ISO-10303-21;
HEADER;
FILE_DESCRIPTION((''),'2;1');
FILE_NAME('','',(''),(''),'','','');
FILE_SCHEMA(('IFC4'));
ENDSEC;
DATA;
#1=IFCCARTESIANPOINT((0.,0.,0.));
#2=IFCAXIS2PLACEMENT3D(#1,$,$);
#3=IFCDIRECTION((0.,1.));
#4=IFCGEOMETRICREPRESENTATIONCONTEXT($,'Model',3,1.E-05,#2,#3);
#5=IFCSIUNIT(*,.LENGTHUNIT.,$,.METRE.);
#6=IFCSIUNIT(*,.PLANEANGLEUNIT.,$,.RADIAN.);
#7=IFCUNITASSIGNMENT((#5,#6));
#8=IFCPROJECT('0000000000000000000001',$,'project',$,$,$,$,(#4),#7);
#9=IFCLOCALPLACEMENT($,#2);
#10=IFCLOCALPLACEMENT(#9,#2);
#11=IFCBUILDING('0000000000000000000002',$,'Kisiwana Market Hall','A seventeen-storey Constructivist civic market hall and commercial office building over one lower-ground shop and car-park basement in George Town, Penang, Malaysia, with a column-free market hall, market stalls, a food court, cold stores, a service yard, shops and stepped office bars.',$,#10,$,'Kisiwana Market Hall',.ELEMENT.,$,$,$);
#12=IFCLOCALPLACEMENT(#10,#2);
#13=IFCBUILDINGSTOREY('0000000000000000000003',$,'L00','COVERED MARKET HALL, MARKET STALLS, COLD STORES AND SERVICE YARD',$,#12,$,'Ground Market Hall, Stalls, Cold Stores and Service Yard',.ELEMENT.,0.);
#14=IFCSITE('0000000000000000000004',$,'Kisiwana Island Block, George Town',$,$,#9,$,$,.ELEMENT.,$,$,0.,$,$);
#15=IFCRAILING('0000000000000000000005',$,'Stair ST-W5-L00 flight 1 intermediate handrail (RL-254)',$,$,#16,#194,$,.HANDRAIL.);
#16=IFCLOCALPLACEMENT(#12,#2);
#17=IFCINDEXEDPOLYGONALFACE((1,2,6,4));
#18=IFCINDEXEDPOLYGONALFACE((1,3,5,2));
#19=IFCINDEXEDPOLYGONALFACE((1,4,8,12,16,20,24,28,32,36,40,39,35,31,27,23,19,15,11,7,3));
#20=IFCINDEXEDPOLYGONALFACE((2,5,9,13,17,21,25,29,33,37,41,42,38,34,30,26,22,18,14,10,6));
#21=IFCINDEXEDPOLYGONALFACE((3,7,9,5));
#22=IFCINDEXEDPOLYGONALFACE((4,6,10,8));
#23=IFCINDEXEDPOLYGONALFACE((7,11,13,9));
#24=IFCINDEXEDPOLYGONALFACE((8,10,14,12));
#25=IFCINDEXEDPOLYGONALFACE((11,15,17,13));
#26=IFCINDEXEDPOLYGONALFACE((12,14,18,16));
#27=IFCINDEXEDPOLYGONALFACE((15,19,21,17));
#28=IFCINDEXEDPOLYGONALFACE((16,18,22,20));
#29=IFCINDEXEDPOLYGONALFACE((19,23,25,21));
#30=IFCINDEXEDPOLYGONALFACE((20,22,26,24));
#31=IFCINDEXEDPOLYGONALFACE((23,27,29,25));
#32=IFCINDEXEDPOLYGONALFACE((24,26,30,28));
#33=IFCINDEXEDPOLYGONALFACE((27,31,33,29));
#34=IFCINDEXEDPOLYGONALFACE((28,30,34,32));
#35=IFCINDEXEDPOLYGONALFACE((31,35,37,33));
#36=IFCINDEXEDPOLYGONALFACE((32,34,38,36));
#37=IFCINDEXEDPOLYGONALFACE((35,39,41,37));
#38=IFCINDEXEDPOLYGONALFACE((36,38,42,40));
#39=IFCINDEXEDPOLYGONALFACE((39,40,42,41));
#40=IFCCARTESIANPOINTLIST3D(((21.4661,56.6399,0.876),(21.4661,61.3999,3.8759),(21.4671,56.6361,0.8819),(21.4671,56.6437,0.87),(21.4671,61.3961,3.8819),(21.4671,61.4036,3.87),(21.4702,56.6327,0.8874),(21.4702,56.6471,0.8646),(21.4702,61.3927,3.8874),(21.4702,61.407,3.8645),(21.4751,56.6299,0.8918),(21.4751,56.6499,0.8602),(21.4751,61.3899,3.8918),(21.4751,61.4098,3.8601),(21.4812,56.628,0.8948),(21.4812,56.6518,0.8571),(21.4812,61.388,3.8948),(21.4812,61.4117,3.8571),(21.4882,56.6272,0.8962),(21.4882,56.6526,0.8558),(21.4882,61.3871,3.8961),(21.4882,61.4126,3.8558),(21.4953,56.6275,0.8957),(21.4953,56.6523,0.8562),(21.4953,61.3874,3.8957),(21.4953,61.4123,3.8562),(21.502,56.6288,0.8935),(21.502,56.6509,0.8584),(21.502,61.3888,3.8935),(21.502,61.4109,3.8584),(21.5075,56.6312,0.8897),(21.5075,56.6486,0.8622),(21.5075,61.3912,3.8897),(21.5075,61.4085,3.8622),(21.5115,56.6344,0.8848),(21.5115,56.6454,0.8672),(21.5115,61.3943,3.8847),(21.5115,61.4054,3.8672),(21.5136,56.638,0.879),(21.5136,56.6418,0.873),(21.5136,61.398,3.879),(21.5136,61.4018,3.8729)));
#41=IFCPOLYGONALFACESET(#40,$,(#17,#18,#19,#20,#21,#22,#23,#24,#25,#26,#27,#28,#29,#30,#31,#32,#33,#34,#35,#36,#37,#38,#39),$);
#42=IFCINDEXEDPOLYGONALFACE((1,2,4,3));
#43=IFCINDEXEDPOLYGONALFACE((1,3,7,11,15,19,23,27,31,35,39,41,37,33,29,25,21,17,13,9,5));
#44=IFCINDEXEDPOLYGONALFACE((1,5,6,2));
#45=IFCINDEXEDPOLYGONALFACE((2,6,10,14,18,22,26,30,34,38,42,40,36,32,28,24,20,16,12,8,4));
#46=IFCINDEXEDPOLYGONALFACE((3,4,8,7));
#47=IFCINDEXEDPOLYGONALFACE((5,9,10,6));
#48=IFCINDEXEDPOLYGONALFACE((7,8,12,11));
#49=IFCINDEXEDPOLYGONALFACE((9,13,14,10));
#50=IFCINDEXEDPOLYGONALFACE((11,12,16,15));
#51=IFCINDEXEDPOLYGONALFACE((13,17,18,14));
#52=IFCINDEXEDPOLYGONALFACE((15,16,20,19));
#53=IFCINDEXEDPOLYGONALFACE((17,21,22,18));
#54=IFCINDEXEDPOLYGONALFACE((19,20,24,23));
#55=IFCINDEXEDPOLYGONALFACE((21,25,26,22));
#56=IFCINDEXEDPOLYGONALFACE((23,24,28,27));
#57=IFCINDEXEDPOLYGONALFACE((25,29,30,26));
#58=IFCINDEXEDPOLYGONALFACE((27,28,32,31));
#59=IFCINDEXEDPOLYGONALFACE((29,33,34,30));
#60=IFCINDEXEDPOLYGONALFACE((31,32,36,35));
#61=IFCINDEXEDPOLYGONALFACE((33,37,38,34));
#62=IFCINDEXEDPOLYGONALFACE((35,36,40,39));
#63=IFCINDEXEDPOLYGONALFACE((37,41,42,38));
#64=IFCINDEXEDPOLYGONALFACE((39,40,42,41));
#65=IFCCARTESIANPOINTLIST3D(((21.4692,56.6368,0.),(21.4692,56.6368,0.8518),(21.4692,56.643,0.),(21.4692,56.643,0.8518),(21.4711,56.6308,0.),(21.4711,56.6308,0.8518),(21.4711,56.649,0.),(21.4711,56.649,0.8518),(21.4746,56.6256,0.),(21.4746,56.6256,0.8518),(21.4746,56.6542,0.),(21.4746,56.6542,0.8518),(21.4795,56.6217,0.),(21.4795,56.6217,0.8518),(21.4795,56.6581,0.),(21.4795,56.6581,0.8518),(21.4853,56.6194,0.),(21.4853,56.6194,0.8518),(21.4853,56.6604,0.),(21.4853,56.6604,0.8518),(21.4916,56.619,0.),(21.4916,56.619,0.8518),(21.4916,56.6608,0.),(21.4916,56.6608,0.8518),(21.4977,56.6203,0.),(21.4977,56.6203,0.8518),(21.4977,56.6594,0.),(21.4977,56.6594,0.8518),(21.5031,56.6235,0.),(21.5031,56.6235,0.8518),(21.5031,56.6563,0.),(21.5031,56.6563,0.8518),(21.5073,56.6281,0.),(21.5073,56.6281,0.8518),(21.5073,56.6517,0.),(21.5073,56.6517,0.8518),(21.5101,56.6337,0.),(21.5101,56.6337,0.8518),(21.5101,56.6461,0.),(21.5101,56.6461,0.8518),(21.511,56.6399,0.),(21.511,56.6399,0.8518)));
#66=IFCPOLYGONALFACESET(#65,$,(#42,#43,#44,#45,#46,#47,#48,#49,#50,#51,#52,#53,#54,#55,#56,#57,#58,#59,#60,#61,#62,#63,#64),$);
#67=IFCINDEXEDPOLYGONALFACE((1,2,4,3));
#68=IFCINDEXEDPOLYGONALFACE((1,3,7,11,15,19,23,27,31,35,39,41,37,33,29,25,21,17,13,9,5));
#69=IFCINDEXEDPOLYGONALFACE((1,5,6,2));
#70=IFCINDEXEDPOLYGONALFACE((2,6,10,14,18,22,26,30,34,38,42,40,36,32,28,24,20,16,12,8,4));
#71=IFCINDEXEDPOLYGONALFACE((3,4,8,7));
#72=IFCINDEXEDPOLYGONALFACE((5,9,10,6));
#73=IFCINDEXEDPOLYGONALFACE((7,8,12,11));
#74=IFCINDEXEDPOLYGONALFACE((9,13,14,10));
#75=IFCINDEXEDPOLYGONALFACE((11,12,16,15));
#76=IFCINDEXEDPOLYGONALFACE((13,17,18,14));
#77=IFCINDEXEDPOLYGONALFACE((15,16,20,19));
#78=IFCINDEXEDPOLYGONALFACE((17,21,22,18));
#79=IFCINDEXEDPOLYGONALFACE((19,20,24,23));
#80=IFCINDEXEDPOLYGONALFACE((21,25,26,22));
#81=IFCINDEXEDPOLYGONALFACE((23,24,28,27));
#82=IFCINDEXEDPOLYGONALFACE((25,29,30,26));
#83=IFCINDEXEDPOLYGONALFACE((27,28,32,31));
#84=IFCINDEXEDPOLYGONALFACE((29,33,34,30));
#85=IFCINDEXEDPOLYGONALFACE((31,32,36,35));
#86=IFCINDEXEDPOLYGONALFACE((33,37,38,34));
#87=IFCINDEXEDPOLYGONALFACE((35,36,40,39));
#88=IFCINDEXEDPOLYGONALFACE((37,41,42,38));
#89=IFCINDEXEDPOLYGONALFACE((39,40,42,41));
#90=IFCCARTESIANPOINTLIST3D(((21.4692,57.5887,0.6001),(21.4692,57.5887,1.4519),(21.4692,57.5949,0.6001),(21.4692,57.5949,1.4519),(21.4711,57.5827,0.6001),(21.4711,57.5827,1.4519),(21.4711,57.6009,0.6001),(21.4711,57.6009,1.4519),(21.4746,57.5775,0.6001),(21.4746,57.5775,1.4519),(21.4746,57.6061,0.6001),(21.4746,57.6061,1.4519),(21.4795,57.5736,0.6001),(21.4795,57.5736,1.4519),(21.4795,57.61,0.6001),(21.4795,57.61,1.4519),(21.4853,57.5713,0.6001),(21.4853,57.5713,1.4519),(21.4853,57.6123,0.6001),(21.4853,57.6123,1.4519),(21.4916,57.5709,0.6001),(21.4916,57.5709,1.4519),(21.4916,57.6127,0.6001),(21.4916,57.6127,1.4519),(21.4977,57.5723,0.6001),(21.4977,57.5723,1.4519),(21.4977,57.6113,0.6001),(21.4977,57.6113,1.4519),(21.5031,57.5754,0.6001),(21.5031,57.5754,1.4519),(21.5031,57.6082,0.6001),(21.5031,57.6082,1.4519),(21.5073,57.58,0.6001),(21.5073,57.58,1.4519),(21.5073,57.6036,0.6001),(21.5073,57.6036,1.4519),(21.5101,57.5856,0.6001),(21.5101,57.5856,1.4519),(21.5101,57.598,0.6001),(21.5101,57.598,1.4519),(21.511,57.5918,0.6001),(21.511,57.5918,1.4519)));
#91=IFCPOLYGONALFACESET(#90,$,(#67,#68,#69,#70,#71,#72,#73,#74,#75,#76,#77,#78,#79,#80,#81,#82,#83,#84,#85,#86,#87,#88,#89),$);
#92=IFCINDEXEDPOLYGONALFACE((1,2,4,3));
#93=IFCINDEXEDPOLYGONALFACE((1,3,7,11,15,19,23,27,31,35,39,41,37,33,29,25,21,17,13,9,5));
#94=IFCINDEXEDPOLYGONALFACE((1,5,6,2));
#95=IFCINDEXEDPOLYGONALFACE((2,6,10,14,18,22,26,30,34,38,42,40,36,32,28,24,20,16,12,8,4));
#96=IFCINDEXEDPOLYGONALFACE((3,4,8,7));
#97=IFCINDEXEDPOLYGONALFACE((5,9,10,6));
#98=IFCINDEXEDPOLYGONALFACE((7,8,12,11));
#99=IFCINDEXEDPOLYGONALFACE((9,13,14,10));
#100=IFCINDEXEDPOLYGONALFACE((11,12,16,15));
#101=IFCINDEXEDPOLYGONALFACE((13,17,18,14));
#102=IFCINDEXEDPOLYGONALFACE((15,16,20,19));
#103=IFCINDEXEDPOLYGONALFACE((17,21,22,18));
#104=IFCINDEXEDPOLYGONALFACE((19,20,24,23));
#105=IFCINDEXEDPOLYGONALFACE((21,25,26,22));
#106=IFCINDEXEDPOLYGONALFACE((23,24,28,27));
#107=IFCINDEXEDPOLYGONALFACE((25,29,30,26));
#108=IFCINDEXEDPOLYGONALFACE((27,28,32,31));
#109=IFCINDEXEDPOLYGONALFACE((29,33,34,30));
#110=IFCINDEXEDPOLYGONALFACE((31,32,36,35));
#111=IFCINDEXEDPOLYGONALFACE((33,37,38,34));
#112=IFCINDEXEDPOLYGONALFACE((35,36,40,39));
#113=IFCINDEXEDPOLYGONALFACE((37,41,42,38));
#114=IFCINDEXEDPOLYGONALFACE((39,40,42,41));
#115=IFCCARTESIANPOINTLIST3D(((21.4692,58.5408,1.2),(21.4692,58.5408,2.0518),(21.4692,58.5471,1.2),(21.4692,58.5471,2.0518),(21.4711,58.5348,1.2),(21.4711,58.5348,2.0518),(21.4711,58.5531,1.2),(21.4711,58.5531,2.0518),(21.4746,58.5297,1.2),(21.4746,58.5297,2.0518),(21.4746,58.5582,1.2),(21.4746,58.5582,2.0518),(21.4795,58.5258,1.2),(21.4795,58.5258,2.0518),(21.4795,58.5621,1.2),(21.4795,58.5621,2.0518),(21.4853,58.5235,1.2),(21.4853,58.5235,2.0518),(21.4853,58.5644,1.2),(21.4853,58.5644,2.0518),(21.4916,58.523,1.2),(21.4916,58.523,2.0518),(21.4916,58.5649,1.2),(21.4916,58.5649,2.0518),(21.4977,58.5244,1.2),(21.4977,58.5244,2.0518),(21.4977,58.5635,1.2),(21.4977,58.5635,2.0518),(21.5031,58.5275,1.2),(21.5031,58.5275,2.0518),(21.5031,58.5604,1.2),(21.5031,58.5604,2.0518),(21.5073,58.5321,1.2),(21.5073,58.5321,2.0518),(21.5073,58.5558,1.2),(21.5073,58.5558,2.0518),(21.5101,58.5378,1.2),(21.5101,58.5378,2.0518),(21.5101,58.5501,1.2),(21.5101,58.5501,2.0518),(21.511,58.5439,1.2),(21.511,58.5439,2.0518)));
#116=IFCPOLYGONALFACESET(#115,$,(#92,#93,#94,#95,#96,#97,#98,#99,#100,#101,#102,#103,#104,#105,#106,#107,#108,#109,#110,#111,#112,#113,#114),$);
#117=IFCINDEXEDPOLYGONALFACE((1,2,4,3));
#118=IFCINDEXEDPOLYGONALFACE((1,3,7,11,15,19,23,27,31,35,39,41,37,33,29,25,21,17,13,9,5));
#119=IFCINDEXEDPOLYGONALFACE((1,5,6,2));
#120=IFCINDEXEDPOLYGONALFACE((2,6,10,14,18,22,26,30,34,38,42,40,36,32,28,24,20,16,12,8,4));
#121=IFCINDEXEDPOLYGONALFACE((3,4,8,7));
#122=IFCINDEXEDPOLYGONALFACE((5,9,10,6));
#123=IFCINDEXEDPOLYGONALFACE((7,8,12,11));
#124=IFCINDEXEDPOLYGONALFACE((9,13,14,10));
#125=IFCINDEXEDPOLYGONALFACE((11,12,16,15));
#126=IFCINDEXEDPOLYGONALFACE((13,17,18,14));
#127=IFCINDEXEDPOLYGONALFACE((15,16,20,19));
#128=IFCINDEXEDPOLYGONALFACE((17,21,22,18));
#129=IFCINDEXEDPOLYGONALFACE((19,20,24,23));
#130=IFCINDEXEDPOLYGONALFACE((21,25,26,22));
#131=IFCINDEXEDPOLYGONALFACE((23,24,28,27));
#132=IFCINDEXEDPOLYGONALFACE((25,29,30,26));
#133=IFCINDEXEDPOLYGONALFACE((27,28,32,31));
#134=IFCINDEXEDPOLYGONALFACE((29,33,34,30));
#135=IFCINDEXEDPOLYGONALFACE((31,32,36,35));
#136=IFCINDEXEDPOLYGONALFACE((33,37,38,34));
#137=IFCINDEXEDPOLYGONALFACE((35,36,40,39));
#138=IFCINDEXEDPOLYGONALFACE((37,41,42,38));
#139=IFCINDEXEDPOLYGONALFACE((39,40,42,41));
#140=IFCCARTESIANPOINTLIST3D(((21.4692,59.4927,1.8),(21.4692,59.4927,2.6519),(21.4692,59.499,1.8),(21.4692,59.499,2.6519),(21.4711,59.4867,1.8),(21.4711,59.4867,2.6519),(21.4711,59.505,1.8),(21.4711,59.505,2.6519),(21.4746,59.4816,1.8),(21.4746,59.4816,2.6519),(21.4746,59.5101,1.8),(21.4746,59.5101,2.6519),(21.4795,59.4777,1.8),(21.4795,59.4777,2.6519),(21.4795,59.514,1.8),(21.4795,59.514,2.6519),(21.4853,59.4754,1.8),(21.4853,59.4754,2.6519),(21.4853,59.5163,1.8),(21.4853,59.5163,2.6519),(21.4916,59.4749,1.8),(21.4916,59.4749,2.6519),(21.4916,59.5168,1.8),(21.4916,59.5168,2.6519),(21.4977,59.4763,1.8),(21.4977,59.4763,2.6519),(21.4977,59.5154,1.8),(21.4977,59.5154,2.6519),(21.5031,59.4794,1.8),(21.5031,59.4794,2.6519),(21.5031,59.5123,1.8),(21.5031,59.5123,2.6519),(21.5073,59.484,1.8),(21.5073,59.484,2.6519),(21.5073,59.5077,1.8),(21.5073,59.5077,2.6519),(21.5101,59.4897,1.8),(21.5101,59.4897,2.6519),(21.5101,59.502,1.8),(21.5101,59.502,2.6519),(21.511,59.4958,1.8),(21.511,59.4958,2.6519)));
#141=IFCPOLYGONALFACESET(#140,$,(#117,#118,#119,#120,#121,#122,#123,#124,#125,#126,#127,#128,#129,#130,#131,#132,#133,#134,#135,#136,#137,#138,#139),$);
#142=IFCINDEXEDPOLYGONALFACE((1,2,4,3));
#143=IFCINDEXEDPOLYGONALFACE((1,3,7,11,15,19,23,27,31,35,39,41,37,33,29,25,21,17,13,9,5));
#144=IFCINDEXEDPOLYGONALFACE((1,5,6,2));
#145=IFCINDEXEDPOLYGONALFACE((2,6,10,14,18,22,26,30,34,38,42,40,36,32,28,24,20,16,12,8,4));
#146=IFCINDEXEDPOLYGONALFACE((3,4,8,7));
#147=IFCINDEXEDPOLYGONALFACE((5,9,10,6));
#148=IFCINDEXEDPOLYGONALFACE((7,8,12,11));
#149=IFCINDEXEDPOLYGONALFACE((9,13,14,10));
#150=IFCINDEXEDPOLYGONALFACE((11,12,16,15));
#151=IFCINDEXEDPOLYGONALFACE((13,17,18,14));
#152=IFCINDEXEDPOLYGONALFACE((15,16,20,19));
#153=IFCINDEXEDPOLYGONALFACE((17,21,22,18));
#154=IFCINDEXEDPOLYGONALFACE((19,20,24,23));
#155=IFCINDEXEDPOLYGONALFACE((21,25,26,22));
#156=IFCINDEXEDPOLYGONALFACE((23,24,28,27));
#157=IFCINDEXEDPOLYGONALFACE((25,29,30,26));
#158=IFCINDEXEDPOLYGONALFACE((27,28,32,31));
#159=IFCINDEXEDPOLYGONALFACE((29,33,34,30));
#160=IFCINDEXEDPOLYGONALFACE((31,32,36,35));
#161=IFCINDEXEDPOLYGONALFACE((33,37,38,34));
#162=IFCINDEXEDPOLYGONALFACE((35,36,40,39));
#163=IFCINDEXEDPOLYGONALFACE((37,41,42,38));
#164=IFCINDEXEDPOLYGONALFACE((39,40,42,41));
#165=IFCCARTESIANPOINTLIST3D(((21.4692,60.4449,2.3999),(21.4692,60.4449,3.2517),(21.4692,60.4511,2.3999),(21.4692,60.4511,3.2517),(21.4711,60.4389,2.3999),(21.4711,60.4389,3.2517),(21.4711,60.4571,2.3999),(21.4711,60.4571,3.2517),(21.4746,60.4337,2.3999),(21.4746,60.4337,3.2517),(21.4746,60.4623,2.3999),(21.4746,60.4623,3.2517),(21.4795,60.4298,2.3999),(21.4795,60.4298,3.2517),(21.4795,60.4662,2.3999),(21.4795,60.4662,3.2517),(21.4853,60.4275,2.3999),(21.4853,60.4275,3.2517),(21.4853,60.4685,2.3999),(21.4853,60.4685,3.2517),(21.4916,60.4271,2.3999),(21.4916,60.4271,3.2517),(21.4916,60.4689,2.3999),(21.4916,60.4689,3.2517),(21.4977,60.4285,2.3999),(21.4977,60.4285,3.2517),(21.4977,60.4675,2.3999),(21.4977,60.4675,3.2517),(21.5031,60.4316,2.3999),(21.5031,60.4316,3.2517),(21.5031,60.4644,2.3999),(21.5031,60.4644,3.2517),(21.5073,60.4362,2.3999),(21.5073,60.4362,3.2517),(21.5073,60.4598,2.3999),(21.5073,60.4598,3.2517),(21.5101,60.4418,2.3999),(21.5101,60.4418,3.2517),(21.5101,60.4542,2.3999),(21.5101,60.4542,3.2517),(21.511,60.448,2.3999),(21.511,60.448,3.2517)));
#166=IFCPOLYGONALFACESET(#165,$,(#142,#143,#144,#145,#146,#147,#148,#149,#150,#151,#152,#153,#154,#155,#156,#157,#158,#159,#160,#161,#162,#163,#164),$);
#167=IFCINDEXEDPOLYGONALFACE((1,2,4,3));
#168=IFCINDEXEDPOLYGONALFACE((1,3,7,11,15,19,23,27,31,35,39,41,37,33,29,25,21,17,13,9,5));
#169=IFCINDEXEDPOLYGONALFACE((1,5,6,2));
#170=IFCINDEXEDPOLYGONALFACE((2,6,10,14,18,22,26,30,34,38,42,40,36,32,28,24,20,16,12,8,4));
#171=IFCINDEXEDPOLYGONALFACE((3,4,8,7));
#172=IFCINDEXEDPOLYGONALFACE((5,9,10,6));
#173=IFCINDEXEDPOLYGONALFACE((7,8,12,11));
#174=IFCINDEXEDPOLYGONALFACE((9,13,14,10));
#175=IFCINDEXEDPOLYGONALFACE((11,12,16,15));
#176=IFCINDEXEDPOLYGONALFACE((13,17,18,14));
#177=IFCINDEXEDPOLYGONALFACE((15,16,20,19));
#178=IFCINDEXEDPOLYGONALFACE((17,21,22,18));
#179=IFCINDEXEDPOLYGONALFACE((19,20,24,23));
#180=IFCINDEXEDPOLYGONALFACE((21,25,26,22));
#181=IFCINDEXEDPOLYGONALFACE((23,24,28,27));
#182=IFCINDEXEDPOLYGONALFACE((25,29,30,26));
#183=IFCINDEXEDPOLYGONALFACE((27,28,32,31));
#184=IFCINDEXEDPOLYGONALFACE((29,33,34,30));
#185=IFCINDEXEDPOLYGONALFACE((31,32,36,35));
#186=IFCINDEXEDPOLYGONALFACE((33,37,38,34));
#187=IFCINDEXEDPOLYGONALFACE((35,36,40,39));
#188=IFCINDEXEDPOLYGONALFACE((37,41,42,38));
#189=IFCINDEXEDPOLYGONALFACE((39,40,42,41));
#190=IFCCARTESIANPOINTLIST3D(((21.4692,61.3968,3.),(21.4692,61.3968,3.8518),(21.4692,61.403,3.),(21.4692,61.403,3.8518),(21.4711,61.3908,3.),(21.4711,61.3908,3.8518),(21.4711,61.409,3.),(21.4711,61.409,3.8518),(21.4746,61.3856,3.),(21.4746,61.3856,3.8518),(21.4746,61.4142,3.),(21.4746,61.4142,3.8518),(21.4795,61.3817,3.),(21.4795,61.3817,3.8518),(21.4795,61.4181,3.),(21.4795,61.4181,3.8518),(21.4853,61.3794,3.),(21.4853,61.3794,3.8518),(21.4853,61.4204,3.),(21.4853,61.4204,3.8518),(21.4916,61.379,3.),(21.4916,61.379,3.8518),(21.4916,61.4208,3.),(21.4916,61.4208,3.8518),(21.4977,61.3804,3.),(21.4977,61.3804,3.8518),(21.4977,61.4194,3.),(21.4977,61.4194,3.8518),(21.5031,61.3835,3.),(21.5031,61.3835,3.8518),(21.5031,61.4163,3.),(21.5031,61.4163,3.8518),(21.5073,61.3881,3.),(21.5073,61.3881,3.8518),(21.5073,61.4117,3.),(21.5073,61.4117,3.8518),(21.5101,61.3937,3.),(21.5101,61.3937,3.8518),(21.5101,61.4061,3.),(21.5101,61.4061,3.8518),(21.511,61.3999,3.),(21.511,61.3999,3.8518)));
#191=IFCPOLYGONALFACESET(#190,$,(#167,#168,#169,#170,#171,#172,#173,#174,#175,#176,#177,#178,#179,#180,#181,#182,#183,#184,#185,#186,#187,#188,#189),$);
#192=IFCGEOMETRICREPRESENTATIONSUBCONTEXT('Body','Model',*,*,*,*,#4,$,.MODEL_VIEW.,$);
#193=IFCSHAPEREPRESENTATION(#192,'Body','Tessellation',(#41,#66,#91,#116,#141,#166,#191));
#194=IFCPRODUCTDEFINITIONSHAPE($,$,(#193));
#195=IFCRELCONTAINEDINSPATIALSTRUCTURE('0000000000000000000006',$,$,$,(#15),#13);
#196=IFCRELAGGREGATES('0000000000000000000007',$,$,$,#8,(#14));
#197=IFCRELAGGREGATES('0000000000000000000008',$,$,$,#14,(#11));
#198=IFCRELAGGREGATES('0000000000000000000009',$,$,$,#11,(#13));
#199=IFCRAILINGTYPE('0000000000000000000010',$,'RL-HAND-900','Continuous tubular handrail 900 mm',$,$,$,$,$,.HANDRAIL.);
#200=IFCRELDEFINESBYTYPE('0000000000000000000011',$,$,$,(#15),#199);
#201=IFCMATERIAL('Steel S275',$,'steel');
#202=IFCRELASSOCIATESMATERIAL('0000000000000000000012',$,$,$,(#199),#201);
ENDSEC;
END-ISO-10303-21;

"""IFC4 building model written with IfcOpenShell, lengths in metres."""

from ifc_helpers import new_model, si_unit, direction, frame, origin, origin_2d, place, context, subcontext, project, spatial, circle, extrude, material, type_object, element, save


model = new_model("IFC4")

# Units and contexts
model_context = context("Model", 3, precision=1e-05, world=origin(), true_north=direction((0.0, 1.0)))
body_context = subcontext(model_context, "Body", "Model", "MODEL_VIEW")
ifc_project = project(units=[si_unit("LENGTHUNIT", "METRE"), si_unit("PLANEANGLEUNIT", "RADIAN")], contexts=[model_context])

# Site, building, storey
site_placement = place(None, origin())
site = spatial("IfcSite", under=ifc_project, at=site_placement, Name="Kisiwana Island Block, George Town", CompositionType="ELEMENT", RefElevation=0.0)
building_placement = place(site_placement, origin())
building = spatial("IfcBuilding", under=site, at=building_placement, Name="Kisiwana Market Hall", Description="A seventeen-storey Constructivist civic market hall and commercial office building over one lower-ground shop and car-park basement in George Town, Penang, Malaysia, with a column-free market hall, market stalls, a food court, cold stores, a service yard, shops and stepped office bars.", LongName="Kisiwana Market Hall", CompositionType="ELEMENT")
storey_placement = place(building_placement, origin())
storey = spatial("IfcBuildingStorey", under=building, at=storey_placement, Name="L00", Description="COVERED MARKET HALL, MARKET STALLS, COLD STORES AND SERVICE YARD", LongName="Ground Market Hall, Stalls, Cold Stores and Service Yard", CompositionType="ELEMENT", Elevation=0.0)

# Railing
ifc_material_1 = material(Name="Steel S275", Category="steel")
railing_type_1 = type_object("IfcRailingType", Name="RL-HAND-900", Description="Continuous tubular handrail 900 mm", PredefinedType="HANDRAIL", material=ifc_material_1)
for number, where, name in (
    (1, (21.49, 56.6399, 0.0), "Stair ST-W5-L00 flight 1 intermediate handrail (RL-254)"),
):
    element("IfcRailing", number, at=place(storey_placement, frame(where)), inside=storey, type_object=railing_type_1, Name=name, PredefinedType="HANDRAIL", context=body_context, shape_type="SweptSolid", body=[
        extrude(circle(Radius=0.0239, at=origin_2d()), frame((0.0, 0.0, 0.876), z_axis=(0.0, 0.845996, 0.53319), x_axis=(-1.0, 0.0, 0.0)), (0.0, 0.0, 1.0), 5.6265),
        extrude(circle(Radius=0.021, at=origin_2d()), origin(), (0.0, 0.0, 1.0), 0.8518),
        extrude(circle(Radius=0.021, at=origin_2d()), frame((0.0, 0.9519, 0.6001)), (0.0, 0.0, 1.0), 0.8518),
        extrude(circle(Radius=0.021, at=origin_2d()), frame((0.0, 1.9041, 1.2)), (0.0, 0.0, 1.0), 0.8518),
        extrude(circle(Radius=0.021, at=origin_2d()), frame((0.0, 2.856, 1.8)), (0.0, 0.0, 1.0), 0.8518),
        extrude(circle(Radius=0.021, at=origin_2d()), frame((0.0, 3.8081, 2.3999)), (0.0, 0.0, 1.0), 0.8518),
        extrude(circle(Radius=0.021, at=origin_2d()), frame((0.0, 4.76, 3.0)), (0.0, 0.0, 1.0), 0.8518),
    ])

save(model, "model.ifc")
